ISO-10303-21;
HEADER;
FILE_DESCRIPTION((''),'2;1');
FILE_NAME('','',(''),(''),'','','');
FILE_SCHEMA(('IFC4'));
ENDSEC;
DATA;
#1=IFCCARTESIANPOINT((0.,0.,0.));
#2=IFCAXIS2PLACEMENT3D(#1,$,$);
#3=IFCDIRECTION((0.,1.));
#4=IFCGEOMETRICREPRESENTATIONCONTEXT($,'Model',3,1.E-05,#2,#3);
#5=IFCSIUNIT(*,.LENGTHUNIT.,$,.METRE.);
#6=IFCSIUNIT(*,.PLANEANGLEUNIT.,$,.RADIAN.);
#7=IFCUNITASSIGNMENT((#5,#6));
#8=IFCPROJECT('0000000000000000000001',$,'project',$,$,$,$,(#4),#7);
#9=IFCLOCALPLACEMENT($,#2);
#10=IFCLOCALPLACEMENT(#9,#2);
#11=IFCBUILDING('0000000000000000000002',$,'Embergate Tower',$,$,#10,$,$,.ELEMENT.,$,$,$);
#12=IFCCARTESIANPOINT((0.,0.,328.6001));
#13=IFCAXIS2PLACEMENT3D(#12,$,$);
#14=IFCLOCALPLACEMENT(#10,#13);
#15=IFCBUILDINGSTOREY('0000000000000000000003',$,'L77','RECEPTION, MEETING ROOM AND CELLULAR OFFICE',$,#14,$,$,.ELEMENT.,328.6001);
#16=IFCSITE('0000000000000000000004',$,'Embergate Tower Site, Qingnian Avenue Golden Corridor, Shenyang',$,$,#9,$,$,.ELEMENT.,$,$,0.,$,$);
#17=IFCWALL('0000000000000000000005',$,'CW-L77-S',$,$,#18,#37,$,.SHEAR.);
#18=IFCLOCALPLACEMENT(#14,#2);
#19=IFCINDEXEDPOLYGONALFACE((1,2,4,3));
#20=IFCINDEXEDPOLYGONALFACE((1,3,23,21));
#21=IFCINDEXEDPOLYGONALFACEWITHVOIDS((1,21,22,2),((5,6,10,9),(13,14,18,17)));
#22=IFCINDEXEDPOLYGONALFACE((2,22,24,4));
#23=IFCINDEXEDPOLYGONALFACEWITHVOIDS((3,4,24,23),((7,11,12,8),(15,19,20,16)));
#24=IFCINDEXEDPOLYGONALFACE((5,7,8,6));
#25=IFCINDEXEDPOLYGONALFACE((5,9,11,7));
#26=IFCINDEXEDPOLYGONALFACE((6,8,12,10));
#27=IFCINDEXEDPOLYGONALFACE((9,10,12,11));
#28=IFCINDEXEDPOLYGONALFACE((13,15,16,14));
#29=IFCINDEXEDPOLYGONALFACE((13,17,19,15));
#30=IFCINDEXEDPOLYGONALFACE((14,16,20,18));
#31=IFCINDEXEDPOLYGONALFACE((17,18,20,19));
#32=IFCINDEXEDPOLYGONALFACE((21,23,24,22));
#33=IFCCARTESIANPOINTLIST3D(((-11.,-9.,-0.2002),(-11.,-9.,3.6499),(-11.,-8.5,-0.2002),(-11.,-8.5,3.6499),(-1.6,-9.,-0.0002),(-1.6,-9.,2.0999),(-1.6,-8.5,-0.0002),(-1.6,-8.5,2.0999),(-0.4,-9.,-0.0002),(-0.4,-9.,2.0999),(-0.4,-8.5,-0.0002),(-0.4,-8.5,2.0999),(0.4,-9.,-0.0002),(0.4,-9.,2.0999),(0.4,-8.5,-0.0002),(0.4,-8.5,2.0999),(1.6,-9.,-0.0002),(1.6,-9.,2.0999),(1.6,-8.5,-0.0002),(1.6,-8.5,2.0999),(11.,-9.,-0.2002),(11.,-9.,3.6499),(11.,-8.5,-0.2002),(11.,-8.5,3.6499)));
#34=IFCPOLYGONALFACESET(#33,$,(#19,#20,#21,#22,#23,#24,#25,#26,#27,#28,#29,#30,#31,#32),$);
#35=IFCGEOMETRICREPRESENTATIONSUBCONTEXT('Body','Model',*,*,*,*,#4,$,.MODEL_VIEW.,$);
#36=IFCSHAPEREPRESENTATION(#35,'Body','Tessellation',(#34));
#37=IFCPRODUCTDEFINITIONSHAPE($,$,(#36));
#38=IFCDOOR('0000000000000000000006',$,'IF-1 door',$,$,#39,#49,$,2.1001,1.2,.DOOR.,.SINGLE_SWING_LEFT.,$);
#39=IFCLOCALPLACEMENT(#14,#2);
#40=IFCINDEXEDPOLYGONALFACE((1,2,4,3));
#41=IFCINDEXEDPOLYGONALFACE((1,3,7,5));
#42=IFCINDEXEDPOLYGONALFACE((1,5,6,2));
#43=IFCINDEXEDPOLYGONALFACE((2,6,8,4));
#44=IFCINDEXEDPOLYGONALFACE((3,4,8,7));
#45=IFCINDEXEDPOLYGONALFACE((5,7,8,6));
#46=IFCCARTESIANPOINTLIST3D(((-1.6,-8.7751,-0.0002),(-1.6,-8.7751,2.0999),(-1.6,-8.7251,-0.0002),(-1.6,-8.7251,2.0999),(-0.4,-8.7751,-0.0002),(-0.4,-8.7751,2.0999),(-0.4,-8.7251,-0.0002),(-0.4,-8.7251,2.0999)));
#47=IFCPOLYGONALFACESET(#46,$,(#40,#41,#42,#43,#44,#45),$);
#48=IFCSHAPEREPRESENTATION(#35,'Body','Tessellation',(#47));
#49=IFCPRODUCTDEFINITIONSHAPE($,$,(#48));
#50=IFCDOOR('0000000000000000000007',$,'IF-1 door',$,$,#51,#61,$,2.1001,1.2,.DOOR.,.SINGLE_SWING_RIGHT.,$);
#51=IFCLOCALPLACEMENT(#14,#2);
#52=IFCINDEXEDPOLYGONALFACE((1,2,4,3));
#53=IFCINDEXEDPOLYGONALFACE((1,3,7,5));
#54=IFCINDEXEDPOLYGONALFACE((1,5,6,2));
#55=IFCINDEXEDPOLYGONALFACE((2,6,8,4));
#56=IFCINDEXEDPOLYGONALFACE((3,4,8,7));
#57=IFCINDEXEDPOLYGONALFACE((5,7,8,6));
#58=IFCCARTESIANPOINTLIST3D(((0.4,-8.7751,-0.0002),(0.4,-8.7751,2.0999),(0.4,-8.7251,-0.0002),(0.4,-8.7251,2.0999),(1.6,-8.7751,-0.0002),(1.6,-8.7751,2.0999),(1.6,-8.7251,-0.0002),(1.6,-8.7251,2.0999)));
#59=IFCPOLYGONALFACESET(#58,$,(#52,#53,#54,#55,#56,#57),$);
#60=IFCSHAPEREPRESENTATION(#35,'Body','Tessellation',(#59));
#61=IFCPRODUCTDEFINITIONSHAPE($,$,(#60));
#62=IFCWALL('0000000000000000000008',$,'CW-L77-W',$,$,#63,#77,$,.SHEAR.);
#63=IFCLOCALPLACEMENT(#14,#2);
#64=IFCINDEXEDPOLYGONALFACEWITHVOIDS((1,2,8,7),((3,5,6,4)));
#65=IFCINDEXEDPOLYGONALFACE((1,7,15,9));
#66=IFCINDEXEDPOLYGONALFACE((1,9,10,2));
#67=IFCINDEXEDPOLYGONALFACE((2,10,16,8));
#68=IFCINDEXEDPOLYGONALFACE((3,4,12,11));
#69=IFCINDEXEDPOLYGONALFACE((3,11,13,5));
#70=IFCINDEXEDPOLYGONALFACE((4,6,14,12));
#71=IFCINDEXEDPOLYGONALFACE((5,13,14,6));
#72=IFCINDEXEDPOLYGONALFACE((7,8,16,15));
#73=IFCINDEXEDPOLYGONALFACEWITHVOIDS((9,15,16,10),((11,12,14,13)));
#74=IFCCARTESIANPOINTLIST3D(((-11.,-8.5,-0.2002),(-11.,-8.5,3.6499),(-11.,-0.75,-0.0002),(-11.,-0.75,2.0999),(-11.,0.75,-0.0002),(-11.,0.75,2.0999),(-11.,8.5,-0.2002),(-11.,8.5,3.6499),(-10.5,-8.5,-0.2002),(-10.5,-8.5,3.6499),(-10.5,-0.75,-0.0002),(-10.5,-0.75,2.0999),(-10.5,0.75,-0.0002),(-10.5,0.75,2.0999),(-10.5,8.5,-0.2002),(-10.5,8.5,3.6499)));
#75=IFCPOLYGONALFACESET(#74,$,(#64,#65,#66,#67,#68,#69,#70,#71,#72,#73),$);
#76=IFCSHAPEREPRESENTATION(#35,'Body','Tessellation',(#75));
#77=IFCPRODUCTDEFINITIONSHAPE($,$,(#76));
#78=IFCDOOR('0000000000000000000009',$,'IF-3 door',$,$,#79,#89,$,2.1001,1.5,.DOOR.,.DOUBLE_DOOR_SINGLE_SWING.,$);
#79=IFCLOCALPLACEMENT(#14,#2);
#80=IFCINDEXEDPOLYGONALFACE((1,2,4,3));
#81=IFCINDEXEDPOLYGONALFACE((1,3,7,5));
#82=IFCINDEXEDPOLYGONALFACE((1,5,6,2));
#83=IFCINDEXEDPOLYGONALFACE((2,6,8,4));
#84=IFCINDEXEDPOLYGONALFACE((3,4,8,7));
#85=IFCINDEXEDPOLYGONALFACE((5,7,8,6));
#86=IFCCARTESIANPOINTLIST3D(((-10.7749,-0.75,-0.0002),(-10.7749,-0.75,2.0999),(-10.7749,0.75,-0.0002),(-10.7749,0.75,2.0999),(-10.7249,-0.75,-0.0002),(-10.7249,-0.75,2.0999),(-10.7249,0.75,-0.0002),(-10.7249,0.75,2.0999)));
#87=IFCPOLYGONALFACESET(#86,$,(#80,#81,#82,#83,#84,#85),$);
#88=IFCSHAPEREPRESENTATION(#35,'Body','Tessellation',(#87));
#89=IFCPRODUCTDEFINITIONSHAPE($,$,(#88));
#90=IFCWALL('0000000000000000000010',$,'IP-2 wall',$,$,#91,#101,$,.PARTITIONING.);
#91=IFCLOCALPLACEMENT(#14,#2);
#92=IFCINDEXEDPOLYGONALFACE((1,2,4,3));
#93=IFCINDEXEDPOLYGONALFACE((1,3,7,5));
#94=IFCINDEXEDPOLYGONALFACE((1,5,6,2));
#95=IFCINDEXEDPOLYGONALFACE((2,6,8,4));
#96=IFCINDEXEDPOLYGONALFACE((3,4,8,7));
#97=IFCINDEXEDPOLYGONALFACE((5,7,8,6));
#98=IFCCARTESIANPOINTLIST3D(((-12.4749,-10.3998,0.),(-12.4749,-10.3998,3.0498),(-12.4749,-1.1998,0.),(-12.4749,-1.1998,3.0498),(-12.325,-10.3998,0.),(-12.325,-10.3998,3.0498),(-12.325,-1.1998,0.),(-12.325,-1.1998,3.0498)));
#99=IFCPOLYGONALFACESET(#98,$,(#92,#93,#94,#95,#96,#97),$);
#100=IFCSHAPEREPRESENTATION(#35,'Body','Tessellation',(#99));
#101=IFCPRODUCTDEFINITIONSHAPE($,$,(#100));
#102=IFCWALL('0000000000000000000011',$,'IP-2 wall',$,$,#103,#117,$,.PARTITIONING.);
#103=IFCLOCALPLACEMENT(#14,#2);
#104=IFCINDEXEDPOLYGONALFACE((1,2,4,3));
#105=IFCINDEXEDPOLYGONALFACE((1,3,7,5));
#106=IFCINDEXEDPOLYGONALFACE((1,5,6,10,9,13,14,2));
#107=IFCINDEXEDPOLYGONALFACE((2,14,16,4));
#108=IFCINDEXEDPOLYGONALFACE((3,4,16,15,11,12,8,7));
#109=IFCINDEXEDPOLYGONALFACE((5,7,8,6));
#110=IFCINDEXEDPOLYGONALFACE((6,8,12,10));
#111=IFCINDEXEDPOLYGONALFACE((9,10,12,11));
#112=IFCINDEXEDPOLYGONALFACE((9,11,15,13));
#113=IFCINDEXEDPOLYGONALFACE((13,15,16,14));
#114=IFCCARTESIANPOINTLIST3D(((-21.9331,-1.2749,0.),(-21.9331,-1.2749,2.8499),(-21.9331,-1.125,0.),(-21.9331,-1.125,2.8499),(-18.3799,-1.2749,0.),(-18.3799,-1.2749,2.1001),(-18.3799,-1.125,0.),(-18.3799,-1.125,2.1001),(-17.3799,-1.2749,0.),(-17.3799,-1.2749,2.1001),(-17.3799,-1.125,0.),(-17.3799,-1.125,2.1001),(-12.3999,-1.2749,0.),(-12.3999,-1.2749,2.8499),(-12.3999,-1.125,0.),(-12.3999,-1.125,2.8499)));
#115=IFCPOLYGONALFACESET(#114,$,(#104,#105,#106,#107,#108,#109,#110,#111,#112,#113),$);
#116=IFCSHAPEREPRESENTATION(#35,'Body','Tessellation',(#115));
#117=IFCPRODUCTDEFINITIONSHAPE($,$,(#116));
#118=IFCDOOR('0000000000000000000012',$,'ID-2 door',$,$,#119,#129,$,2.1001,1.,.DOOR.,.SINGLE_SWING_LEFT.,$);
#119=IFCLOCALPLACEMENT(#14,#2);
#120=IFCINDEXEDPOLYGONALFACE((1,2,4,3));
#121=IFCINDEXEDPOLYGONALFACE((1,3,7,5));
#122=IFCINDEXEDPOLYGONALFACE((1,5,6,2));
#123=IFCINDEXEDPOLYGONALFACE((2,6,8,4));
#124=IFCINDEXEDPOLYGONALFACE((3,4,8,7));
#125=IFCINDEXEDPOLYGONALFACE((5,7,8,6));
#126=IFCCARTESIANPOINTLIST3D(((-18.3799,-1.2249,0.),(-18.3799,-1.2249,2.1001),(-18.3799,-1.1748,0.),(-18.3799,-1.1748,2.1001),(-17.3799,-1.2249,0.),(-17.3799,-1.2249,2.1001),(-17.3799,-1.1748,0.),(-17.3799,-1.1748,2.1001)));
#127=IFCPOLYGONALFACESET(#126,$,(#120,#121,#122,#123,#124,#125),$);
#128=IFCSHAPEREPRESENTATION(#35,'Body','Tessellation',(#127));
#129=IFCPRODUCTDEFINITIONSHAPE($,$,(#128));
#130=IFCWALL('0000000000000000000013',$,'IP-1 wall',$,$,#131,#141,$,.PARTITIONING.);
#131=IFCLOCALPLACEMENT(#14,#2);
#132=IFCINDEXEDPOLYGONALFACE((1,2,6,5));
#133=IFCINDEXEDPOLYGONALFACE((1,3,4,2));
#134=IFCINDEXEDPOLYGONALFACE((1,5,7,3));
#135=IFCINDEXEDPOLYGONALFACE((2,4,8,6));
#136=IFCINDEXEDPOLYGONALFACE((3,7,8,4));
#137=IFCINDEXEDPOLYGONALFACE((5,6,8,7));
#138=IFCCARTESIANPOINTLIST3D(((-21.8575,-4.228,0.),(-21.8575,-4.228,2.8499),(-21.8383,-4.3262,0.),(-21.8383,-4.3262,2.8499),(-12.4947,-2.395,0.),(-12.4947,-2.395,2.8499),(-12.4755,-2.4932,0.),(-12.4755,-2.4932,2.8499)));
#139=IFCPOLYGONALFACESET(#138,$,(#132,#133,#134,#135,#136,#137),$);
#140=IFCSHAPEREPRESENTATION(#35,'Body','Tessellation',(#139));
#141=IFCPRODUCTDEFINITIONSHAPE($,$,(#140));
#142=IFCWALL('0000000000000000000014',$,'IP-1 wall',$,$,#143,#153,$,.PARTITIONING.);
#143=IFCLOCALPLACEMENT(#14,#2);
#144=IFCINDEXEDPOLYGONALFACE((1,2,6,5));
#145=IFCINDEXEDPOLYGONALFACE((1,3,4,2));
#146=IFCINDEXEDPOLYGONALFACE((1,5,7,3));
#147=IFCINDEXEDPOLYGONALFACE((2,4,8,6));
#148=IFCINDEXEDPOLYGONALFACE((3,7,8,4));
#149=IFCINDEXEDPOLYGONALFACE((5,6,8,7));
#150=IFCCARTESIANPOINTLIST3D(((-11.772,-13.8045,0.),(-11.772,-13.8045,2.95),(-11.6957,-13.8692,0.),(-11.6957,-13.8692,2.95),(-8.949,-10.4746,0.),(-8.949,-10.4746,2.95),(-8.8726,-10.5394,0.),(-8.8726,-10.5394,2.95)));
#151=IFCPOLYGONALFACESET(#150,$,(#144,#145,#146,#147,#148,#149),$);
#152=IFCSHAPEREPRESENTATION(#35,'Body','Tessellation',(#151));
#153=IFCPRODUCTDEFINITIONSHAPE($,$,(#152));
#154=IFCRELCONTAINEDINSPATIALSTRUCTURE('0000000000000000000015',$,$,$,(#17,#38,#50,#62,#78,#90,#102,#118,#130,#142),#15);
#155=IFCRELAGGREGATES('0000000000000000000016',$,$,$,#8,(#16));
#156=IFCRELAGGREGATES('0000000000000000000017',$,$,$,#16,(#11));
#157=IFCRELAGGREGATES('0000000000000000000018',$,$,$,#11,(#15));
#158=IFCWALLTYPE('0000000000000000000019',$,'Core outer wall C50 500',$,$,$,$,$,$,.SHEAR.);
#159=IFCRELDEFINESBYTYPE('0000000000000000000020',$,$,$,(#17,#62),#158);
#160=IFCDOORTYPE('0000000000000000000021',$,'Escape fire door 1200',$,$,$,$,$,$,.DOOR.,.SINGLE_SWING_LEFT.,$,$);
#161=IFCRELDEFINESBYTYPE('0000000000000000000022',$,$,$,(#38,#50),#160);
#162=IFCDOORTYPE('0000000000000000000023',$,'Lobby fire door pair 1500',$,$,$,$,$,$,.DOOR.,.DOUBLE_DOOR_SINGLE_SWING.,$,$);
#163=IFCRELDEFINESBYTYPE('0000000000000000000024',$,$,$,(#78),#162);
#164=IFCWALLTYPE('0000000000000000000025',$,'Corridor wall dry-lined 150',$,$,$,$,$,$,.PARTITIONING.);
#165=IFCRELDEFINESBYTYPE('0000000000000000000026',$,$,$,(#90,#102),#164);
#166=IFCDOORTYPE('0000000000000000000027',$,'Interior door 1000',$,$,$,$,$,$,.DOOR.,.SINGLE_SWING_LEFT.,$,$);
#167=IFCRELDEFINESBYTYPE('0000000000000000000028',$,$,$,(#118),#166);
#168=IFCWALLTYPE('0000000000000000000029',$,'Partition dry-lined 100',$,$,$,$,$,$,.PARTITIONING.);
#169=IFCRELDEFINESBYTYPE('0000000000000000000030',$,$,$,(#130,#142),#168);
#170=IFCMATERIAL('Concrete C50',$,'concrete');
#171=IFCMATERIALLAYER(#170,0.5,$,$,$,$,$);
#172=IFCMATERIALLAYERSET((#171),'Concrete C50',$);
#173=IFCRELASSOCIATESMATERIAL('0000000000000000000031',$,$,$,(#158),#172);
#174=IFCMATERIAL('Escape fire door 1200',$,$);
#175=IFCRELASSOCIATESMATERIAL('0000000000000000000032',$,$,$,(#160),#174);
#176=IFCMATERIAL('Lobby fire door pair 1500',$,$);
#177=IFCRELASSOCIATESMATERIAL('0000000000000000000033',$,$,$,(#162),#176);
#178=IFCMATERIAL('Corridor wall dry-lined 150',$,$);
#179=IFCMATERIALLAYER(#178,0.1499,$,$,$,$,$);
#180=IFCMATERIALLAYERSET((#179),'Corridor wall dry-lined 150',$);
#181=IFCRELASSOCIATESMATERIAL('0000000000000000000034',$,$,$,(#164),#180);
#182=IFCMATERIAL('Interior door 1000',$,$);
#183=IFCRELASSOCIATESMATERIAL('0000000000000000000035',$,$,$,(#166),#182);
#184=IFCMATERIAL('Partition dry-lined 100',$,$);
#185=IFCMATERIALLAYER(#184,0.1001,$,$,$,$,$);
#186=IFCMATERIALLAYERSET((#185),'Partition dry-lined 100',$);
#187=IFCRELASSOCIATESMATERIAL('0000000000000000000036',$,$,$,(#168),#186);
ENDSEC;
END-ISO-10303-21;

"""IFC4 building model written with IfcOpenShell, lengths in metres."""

from ifc_helpers import new_model, si_unit, direction, frame, frame_2d, origin, place, context, subcontext, project, spatial, rectangle, extrude, source, transform, mapped, material, layer, layer_set, type_object, element, fill, save


model = new_model("IFC4")

# Units and contexts
model_context = context("Model", 3, precision=1e-05, world=origin(), true_north=direction((0.0, 1.0)))
body_context = subcontext(model_context, "Body", "Model", "MODEL_VIEW")
ifc_project = project(units=[si_unit("LENGTHUNIT", "METRE"), si_unit("PLANEANGLEUNIT", "RADIAN")], contexts=[model_context])

# Site, building, storey
site_placement = place(None, origin())
site = spatial("IfcSite", under=ifc_project, at=site_placement, Name="Embergate Tower Site, Qingnian Avenue Golden Corridor, Shenyang", CompositionType="ELEMENT", RefElevation=0.0)
building_placement = place(site_placement, origin())
building = spatial("IfcBuilding", under=site, at=building_placement, Name="Embergate Tower", CompositionType="ELEMENT")
storey_placement = place(building_placement, frame((0.0, 0.0, 328.6001)))
storey = spatial("IfcBuildingStorey", under=building, at=storey_placement, Name="L77", Description="RECEPTION, MEETING ROOM AND CELLULAR OFFICE", CompositionType="ELEMENT", Elevation=328.6001)

# Wall, openings, doors
ifc_material_1 = material(Name="Concrete C50", Category="concrete")
ifc_layer_1 = layer(ifc_material_1, 0.5)
ifc_layer_set_1 = layer_set([ifc_layer_1], Name="Concrete C50")
wall_type_1 = type_object("IfcWallType", Name="Core outer wall C50 500", PredefinedType="SHEAR", material=ifc_layer_set_1)
shared_shape_1 = source(origin(), body_context, "Body", "SweptSolid", [
    extrude(rectangle(XDim=22.0, YDim=0.5, at=frame_2d((11.0, 0.0))), origin(), (0.0, 0.0, 1.0), 3.8501),
])
wall_1_placement = place(storey_placement, frame((-11.0, -8.75, -0.2002), z_axis=(0.0, 0.0, 1.0), x_axis=(1.0, 0.0, 0.0)))
wall_1 = element("IfcWall", 1, at=wall_1_placement, inside=storey, type_object=wall_type_1, Name="CW-L77-S", PredefinedType="SHEAR", context=body_context, shape_type="MappedRepresentation", body=[
    mapped(shared_shape_1, transform((0.0, 0.0, 0.0))),
])
shared_shape_2 = source(origin(), body_context, "Body", "SweptSolid", [
    extrude(rectangle(XDim=1.2, YDim=2.1001, at=frame_2d((0.6001, 1.05))), frame((0.0, 0.26, 0.0), z_axis=(0.0, -1.0, 0.0), x_axis=(1.0, 0.0, 0.0)), (0.0, 0.0, 1.0), 0.52),
])
opening_1_placement = place(wall_1_placement, frame((9.3999, 0.0, 0.2)))
opening_1 = element("IfcOpeningElement", 2, at=opening_1_placement, cuts=wall_1, PredefinedType="OPENING", context=body_context, shape_type="MappedRepresentation", body=[
    mapped(shared_shape_2, transform((0.0, 0.0, 0.0))),
])
opening_2_placement = place(wall_1_placement, frame((11.3999, 0.0, 0.2)))
opening_2 = element("IfcOpeningElement", 3, at=opening_2_placement, cuts=wall_1, PredefinedType="OPENING", context=body_context, shape_type="MappedRepresentation", body=[
    mapped(shared_shape_2, transform((0.0, 0.0, 0.0))),
])
ifc_material_2 = material(Name="Escape fire door 1200")
door_type_1 = type_object("IfcDoorType", Name="Escape fire door 1200", OperationType="SINGLE_SWING_LEFT", PredefinedType="DOOR", material=ifc_material_2)
shared_shape_3 = source(origin(), body_context, "Body", "SweptSolid", [
    extrude(rectangle(XDim=1.2, YDim=2.1001, at=frame_2d((0.6001, 1.05))), frame((0.0, 0.0249, 0.0), z_axis=(0.0, -1.0, 0.0), x_axis=(1.0, 0.0, 0.0)), (0.0, 0.0, 1.0), 0.05),
])
door_1_placement = place(opening_1_placement, origin())
door_1 = element("IfcDoor", 4, at=door_1_placement, inside=storey, type_object=door_type_1, Name="IF-1 door", OperationType="SINGLE_SWING_LEFT", OverallHeight=2.1001, OverallWidth=1.2, PredefinedType="DOOR", context=body_context, shape_type="MappedRepresentation", body=[
    mapped(shared_shape_3, transform((0.0, 0.0, 0.0))),
])
fill(opening_1, door_1)
door_2_placement = place(opening_2_placement, origin())
door_2 = element("IfcDoor", 5, at=door_2_placement, inside=storey, type_object=door_type_1, Name="IF-1 door", OperationType="SINGLE_SWING_RIGHT", OverallHeight=2.1001, OverallWidth=1.2, PredefinedType="DOOR", context=body_context, shape_type="MappedRepresentation", body=[
    mapped(shared_shape_3, transform((0.0, 0.0, 0.0))),
])
fill(opening_2, door_2)

# Wall, opening, door
shared_shape_4 = source(origin(), body_context, "Body", "SweptSolid", [
    extrude(rectangle(XDim=17.0, YDim=0.5, at=frame_2d((8.5, 0.0))), origin(), (0.0, 0.0, 1.0), 3.8501),
])
wall_2_placement = place(storey_placement, frame((-10.75, -8.5, -0.2002), z_axis=(0.0, 0.0, 1.0), x_axis=(0.0, 1.0, 0.0)))
wall_2 = element("IfcWall", 6, at=wall_2_placement, inside=storey, type_object=wall_type_1, Name="CW-L77-W", PredefinedType="SHEAR", context=body_context, shape_type="MappedRepresentation", body=[
    mapped(shared_shape_4, transform((0.0, 0.0, 0.0))),
])
shared_shape_5 = source(origin(), body_context, "Body", "SweptSolid", [
    extrude(rectangle(XDim=1.5, YDim=2.1001, at=frame_2d((0.75, 1.05))), frame((0.0, 0.26, 0.0), z_axis=(0.0, -1.0, 0.0), x_axis=(1.0, 0.0, 0.0)), (0.0, 0.0, 1.0), 0.52),
])
opening_3_placement = place(wall_2_placement, frame((7.75, 0.0, 0.2)))
opening_3 = element("IfcOpeningElement", 7, at=opening_3_placement, cuts=wall_2, PredefinedType="OPENING", context=body_context, shape_type="MappedRepresentation", body=[
    mapped(shared_shape_5, transform((0.0, 0.0, 0.0))),
])
ifc_material_3 = material(Name="Lobby fire door pair 1500")
door_type_2 = type_object("IfcDoorType", Name="Lobby fire door pair 1500", OperationType="DOUBLE_DOOR_SINGLE_SWING", PredefinedType="DOOR", material=ifc_material_3)
shared_shape_6 = source(origin(), body_context, "Body", "SweptSolid", [
    extrude(rectangle(XDim=1.5, YDim=2.1001, at=frame_2d((0.75, 1.05))), frame((0.0, 0.0249, 0.0), z_axis=(0.0, -1.0, 0.0), x_axis=(1.0, 0.0, 0.0)), (0.0, 0.0, 1.0), 0.05),
])
door_3_placement = place(opening_3_placement, origin())
door_3 = element("IfcDoor", 8, at=door_3_placement, inside=storey, type_object=door_type_2, Name="IF-3 door", OperationType="DOUBLE_DOOR_SINGLE_SWING", OverallHeight=2.1001, OverallWidth=1.5, PredefinedType="DOOR", context=body_context, shape_type="MappedRepresentation", body=[
    mapped(shared_shape_6, transform((0.0, 0.0, 0.0))),
])
fill(opening_3, door_3)

# Wall
ifc_material_4 = material(Name="Corridor wall dry-lined 150")
ifc_layer_2 = layer(ifc_material_4, 0.1499)
ifc_layer_set_2 = layer_set([ifc_layer_2], Name="Corridor wall dry-lined 150")
wall_type_2 = type_object("IfcWallType", Name="Corridor wall dry-lined 150", PredefinedType="PARTITIONING", material=ifc_layer_set_2)
shared_shape_7 = source(origin(), body_context, "Body", "SweptSolid", [
    extrude(rectangle(XDim=9.2, YDim=0.1499, at=frame_2d((4.6001, 0.0))), origin(), (0.0, 0.0, 1.0), 3.0498),
])
wall_3_placement = place(storey_placement, frame((-12.3999, -10.3999, 0.0), z_axis=(0.0, 0.0, 1.0), x_axis=(0.0, 1.0, 0.0)))
element("IfcWall", 9, at=wall_3_placement, inside=storey, type_object=wall_type_2, Name="IP-2 wall", PredefinedType="PARTITIONING", context=body_context, shape_type="MappedRepresentation", body=[
    mapped(shared_shape_7, transform((0.0, 0.0, 0.0))),
])

# Wall, opening, door
shared_shape_8 = source(origin(), body_context, "Body", "SweptSolid", [
    extrude(rectangle(XDim=9.5332, YDim=0.1499, at=frame_2d((4.7666, 0.0))), origin(), (0.0, 0.0, 1.0), 2.8499),
])
wall_4_placement = place(storey_placement, frame((-12.3999, -1.2, 0.0), z_axis=(0.0, 0.0, 1.0), x_axis=(-1.0, 0.0, 0.0)))
wall_4 = element("IfcWall", 10, at=wall_4_placement, inside=storey, type_object=wall_type_2, Name="IP-2 wall", PredefinedType="PARTITIONING", context=body_context, shape_type="MappedRepresentation", body=[
    mapped(shared_shape_8, transform((0.0, 0.0, 0.0))),
])
shared_shape_9 = source(origin(), body_context, "Body", "SweptSolid", [
    extrude(rectangle(XDim=1.0, YDim=2.1001, at=frame_2d((0.5, 1.05))), frame((0.0, 0.085, 0.0), z_axis=(0.0, -1.0, 0.0), x_axis=(1.0, 0.0, 0.0)), (0.0, 0.0, 1.0), 0.1699),
])
opening_4_placement = place(wall_4_placement, frame((4.98, 0.0, 0.0)))
opening_4 = element("IfcOpeningElement", 11, at=opening_4_placement, cuts=wall_4, PredefinedType="OPENING", context=body_context, shape_type="MappedRepresentation", body=[
    mapped(shared_shape_9, transform((0.0, 0.0, 0.0))),
])
ifc_material_5 = material(Name="Interior door 1000")
door_type_3 = type_object("IfcDoorType", Name="Interior door 1000", OperationType="SINGLE_SWING_LEFT", PredefinedType="DOOR", material=ifc_material_5)
shared_shape_10 = source(origin(), body_context, "Body", "SweptSolid", [
    extrude(rectangle(XDim=1.0, YDim=2.1001, at=frame_2d((0.5, 1.05))), frame((0.0, 0.0249, 0.0), z_axis=(0.0, -1.0, 0.0), x_axis=(1.0, 0.0, 0.0)), (0.0, 0.0, 1.0), 0.05),
])
door_4_placement = place(opening_4_placement, origin())
door_4 = element("IfcDoor", 12, at=door_4_placement, inside=storey, type_object=door_type_3, Name="ID-2 door", OperationType="SINGLE_SWING_LEFT", OverallHeight=2.1001, OverallWidth=1.0, PredefinedType="DOOR", context=body_context, shape_type="MappedRepresentation", body=[
    mapped(shared_shape_10, transform((0.0, 0.0, 0.0))),
])
fill(opening_4, door_4)

# Walls
ifc_material_6 = material(Name="Partition dry-lined 100")
ifc_layer_3 = layer(ifc_material_6, 0.1001)
ifc_layer_set_3 = layer_set([ifc_layer_3], Name="Partition dry-lined 100")
wall_type_3 = type_object("IfcWallType", Name="Partition dry-lined 100", PredefinedType="PARTITIONING", material=ifc_layer_set_3)
shared_shape_11 = source(origin(), body_context, "Body", "SweptSolid", [
    extrude(rectangle(XDim=9.5405, YDim=0.1001, at=frame_2d((4.7703, 0.0))), origin(), (0.0, 0.0, 1.0), 2.8499),
])
wall_5_placement = place(storey_placement, frame((-12.4851, -2.4441, 0.0), z_axis=(0.0, 0.0, 1.0), x_axis=(-0.98137, -0.192128, 0.0)))
element("IfcWall", 13, at=wall_5_placement, inside=storey, type_object=wall_type_3, Name="IP-1 wall", PredefinedType="PARTITIONING", context=body_context, shape_type="MappedRepresentation", body=[
    mapped(shared_shape_11, transform((0.0, 0.0, 0.0))),
])
shared_shape_12 = source(origin(), body_context, "Body", "SweptSolid", [
    extrude(rectangle(XDim=4.3655, YDim=0.1001, at=frame_2d((2.1826, 0.0))), origin(), (0.0, 0.0, 1.0), 2.95),
])
wall_6_placement = place(storey_placement, frame((-8.9109, -10.5071, 0.0), z_axis=(0.0, 0.0, 1.0), x_axis=(-0.646669, -0.762771, 0.0)))
element("IfcWall", 14, at=wall_6_placement, inside=storey, type_object=wall_type_3, Name="IP-1 wall", PredefinedType="PARTITIONING", context=body_context, shape_type="MappedRepresentation", body=[
    mapped(shared_shape_12, transform((0.0, 0.0, 0.0))),
])

save(model, "model.ifc")
